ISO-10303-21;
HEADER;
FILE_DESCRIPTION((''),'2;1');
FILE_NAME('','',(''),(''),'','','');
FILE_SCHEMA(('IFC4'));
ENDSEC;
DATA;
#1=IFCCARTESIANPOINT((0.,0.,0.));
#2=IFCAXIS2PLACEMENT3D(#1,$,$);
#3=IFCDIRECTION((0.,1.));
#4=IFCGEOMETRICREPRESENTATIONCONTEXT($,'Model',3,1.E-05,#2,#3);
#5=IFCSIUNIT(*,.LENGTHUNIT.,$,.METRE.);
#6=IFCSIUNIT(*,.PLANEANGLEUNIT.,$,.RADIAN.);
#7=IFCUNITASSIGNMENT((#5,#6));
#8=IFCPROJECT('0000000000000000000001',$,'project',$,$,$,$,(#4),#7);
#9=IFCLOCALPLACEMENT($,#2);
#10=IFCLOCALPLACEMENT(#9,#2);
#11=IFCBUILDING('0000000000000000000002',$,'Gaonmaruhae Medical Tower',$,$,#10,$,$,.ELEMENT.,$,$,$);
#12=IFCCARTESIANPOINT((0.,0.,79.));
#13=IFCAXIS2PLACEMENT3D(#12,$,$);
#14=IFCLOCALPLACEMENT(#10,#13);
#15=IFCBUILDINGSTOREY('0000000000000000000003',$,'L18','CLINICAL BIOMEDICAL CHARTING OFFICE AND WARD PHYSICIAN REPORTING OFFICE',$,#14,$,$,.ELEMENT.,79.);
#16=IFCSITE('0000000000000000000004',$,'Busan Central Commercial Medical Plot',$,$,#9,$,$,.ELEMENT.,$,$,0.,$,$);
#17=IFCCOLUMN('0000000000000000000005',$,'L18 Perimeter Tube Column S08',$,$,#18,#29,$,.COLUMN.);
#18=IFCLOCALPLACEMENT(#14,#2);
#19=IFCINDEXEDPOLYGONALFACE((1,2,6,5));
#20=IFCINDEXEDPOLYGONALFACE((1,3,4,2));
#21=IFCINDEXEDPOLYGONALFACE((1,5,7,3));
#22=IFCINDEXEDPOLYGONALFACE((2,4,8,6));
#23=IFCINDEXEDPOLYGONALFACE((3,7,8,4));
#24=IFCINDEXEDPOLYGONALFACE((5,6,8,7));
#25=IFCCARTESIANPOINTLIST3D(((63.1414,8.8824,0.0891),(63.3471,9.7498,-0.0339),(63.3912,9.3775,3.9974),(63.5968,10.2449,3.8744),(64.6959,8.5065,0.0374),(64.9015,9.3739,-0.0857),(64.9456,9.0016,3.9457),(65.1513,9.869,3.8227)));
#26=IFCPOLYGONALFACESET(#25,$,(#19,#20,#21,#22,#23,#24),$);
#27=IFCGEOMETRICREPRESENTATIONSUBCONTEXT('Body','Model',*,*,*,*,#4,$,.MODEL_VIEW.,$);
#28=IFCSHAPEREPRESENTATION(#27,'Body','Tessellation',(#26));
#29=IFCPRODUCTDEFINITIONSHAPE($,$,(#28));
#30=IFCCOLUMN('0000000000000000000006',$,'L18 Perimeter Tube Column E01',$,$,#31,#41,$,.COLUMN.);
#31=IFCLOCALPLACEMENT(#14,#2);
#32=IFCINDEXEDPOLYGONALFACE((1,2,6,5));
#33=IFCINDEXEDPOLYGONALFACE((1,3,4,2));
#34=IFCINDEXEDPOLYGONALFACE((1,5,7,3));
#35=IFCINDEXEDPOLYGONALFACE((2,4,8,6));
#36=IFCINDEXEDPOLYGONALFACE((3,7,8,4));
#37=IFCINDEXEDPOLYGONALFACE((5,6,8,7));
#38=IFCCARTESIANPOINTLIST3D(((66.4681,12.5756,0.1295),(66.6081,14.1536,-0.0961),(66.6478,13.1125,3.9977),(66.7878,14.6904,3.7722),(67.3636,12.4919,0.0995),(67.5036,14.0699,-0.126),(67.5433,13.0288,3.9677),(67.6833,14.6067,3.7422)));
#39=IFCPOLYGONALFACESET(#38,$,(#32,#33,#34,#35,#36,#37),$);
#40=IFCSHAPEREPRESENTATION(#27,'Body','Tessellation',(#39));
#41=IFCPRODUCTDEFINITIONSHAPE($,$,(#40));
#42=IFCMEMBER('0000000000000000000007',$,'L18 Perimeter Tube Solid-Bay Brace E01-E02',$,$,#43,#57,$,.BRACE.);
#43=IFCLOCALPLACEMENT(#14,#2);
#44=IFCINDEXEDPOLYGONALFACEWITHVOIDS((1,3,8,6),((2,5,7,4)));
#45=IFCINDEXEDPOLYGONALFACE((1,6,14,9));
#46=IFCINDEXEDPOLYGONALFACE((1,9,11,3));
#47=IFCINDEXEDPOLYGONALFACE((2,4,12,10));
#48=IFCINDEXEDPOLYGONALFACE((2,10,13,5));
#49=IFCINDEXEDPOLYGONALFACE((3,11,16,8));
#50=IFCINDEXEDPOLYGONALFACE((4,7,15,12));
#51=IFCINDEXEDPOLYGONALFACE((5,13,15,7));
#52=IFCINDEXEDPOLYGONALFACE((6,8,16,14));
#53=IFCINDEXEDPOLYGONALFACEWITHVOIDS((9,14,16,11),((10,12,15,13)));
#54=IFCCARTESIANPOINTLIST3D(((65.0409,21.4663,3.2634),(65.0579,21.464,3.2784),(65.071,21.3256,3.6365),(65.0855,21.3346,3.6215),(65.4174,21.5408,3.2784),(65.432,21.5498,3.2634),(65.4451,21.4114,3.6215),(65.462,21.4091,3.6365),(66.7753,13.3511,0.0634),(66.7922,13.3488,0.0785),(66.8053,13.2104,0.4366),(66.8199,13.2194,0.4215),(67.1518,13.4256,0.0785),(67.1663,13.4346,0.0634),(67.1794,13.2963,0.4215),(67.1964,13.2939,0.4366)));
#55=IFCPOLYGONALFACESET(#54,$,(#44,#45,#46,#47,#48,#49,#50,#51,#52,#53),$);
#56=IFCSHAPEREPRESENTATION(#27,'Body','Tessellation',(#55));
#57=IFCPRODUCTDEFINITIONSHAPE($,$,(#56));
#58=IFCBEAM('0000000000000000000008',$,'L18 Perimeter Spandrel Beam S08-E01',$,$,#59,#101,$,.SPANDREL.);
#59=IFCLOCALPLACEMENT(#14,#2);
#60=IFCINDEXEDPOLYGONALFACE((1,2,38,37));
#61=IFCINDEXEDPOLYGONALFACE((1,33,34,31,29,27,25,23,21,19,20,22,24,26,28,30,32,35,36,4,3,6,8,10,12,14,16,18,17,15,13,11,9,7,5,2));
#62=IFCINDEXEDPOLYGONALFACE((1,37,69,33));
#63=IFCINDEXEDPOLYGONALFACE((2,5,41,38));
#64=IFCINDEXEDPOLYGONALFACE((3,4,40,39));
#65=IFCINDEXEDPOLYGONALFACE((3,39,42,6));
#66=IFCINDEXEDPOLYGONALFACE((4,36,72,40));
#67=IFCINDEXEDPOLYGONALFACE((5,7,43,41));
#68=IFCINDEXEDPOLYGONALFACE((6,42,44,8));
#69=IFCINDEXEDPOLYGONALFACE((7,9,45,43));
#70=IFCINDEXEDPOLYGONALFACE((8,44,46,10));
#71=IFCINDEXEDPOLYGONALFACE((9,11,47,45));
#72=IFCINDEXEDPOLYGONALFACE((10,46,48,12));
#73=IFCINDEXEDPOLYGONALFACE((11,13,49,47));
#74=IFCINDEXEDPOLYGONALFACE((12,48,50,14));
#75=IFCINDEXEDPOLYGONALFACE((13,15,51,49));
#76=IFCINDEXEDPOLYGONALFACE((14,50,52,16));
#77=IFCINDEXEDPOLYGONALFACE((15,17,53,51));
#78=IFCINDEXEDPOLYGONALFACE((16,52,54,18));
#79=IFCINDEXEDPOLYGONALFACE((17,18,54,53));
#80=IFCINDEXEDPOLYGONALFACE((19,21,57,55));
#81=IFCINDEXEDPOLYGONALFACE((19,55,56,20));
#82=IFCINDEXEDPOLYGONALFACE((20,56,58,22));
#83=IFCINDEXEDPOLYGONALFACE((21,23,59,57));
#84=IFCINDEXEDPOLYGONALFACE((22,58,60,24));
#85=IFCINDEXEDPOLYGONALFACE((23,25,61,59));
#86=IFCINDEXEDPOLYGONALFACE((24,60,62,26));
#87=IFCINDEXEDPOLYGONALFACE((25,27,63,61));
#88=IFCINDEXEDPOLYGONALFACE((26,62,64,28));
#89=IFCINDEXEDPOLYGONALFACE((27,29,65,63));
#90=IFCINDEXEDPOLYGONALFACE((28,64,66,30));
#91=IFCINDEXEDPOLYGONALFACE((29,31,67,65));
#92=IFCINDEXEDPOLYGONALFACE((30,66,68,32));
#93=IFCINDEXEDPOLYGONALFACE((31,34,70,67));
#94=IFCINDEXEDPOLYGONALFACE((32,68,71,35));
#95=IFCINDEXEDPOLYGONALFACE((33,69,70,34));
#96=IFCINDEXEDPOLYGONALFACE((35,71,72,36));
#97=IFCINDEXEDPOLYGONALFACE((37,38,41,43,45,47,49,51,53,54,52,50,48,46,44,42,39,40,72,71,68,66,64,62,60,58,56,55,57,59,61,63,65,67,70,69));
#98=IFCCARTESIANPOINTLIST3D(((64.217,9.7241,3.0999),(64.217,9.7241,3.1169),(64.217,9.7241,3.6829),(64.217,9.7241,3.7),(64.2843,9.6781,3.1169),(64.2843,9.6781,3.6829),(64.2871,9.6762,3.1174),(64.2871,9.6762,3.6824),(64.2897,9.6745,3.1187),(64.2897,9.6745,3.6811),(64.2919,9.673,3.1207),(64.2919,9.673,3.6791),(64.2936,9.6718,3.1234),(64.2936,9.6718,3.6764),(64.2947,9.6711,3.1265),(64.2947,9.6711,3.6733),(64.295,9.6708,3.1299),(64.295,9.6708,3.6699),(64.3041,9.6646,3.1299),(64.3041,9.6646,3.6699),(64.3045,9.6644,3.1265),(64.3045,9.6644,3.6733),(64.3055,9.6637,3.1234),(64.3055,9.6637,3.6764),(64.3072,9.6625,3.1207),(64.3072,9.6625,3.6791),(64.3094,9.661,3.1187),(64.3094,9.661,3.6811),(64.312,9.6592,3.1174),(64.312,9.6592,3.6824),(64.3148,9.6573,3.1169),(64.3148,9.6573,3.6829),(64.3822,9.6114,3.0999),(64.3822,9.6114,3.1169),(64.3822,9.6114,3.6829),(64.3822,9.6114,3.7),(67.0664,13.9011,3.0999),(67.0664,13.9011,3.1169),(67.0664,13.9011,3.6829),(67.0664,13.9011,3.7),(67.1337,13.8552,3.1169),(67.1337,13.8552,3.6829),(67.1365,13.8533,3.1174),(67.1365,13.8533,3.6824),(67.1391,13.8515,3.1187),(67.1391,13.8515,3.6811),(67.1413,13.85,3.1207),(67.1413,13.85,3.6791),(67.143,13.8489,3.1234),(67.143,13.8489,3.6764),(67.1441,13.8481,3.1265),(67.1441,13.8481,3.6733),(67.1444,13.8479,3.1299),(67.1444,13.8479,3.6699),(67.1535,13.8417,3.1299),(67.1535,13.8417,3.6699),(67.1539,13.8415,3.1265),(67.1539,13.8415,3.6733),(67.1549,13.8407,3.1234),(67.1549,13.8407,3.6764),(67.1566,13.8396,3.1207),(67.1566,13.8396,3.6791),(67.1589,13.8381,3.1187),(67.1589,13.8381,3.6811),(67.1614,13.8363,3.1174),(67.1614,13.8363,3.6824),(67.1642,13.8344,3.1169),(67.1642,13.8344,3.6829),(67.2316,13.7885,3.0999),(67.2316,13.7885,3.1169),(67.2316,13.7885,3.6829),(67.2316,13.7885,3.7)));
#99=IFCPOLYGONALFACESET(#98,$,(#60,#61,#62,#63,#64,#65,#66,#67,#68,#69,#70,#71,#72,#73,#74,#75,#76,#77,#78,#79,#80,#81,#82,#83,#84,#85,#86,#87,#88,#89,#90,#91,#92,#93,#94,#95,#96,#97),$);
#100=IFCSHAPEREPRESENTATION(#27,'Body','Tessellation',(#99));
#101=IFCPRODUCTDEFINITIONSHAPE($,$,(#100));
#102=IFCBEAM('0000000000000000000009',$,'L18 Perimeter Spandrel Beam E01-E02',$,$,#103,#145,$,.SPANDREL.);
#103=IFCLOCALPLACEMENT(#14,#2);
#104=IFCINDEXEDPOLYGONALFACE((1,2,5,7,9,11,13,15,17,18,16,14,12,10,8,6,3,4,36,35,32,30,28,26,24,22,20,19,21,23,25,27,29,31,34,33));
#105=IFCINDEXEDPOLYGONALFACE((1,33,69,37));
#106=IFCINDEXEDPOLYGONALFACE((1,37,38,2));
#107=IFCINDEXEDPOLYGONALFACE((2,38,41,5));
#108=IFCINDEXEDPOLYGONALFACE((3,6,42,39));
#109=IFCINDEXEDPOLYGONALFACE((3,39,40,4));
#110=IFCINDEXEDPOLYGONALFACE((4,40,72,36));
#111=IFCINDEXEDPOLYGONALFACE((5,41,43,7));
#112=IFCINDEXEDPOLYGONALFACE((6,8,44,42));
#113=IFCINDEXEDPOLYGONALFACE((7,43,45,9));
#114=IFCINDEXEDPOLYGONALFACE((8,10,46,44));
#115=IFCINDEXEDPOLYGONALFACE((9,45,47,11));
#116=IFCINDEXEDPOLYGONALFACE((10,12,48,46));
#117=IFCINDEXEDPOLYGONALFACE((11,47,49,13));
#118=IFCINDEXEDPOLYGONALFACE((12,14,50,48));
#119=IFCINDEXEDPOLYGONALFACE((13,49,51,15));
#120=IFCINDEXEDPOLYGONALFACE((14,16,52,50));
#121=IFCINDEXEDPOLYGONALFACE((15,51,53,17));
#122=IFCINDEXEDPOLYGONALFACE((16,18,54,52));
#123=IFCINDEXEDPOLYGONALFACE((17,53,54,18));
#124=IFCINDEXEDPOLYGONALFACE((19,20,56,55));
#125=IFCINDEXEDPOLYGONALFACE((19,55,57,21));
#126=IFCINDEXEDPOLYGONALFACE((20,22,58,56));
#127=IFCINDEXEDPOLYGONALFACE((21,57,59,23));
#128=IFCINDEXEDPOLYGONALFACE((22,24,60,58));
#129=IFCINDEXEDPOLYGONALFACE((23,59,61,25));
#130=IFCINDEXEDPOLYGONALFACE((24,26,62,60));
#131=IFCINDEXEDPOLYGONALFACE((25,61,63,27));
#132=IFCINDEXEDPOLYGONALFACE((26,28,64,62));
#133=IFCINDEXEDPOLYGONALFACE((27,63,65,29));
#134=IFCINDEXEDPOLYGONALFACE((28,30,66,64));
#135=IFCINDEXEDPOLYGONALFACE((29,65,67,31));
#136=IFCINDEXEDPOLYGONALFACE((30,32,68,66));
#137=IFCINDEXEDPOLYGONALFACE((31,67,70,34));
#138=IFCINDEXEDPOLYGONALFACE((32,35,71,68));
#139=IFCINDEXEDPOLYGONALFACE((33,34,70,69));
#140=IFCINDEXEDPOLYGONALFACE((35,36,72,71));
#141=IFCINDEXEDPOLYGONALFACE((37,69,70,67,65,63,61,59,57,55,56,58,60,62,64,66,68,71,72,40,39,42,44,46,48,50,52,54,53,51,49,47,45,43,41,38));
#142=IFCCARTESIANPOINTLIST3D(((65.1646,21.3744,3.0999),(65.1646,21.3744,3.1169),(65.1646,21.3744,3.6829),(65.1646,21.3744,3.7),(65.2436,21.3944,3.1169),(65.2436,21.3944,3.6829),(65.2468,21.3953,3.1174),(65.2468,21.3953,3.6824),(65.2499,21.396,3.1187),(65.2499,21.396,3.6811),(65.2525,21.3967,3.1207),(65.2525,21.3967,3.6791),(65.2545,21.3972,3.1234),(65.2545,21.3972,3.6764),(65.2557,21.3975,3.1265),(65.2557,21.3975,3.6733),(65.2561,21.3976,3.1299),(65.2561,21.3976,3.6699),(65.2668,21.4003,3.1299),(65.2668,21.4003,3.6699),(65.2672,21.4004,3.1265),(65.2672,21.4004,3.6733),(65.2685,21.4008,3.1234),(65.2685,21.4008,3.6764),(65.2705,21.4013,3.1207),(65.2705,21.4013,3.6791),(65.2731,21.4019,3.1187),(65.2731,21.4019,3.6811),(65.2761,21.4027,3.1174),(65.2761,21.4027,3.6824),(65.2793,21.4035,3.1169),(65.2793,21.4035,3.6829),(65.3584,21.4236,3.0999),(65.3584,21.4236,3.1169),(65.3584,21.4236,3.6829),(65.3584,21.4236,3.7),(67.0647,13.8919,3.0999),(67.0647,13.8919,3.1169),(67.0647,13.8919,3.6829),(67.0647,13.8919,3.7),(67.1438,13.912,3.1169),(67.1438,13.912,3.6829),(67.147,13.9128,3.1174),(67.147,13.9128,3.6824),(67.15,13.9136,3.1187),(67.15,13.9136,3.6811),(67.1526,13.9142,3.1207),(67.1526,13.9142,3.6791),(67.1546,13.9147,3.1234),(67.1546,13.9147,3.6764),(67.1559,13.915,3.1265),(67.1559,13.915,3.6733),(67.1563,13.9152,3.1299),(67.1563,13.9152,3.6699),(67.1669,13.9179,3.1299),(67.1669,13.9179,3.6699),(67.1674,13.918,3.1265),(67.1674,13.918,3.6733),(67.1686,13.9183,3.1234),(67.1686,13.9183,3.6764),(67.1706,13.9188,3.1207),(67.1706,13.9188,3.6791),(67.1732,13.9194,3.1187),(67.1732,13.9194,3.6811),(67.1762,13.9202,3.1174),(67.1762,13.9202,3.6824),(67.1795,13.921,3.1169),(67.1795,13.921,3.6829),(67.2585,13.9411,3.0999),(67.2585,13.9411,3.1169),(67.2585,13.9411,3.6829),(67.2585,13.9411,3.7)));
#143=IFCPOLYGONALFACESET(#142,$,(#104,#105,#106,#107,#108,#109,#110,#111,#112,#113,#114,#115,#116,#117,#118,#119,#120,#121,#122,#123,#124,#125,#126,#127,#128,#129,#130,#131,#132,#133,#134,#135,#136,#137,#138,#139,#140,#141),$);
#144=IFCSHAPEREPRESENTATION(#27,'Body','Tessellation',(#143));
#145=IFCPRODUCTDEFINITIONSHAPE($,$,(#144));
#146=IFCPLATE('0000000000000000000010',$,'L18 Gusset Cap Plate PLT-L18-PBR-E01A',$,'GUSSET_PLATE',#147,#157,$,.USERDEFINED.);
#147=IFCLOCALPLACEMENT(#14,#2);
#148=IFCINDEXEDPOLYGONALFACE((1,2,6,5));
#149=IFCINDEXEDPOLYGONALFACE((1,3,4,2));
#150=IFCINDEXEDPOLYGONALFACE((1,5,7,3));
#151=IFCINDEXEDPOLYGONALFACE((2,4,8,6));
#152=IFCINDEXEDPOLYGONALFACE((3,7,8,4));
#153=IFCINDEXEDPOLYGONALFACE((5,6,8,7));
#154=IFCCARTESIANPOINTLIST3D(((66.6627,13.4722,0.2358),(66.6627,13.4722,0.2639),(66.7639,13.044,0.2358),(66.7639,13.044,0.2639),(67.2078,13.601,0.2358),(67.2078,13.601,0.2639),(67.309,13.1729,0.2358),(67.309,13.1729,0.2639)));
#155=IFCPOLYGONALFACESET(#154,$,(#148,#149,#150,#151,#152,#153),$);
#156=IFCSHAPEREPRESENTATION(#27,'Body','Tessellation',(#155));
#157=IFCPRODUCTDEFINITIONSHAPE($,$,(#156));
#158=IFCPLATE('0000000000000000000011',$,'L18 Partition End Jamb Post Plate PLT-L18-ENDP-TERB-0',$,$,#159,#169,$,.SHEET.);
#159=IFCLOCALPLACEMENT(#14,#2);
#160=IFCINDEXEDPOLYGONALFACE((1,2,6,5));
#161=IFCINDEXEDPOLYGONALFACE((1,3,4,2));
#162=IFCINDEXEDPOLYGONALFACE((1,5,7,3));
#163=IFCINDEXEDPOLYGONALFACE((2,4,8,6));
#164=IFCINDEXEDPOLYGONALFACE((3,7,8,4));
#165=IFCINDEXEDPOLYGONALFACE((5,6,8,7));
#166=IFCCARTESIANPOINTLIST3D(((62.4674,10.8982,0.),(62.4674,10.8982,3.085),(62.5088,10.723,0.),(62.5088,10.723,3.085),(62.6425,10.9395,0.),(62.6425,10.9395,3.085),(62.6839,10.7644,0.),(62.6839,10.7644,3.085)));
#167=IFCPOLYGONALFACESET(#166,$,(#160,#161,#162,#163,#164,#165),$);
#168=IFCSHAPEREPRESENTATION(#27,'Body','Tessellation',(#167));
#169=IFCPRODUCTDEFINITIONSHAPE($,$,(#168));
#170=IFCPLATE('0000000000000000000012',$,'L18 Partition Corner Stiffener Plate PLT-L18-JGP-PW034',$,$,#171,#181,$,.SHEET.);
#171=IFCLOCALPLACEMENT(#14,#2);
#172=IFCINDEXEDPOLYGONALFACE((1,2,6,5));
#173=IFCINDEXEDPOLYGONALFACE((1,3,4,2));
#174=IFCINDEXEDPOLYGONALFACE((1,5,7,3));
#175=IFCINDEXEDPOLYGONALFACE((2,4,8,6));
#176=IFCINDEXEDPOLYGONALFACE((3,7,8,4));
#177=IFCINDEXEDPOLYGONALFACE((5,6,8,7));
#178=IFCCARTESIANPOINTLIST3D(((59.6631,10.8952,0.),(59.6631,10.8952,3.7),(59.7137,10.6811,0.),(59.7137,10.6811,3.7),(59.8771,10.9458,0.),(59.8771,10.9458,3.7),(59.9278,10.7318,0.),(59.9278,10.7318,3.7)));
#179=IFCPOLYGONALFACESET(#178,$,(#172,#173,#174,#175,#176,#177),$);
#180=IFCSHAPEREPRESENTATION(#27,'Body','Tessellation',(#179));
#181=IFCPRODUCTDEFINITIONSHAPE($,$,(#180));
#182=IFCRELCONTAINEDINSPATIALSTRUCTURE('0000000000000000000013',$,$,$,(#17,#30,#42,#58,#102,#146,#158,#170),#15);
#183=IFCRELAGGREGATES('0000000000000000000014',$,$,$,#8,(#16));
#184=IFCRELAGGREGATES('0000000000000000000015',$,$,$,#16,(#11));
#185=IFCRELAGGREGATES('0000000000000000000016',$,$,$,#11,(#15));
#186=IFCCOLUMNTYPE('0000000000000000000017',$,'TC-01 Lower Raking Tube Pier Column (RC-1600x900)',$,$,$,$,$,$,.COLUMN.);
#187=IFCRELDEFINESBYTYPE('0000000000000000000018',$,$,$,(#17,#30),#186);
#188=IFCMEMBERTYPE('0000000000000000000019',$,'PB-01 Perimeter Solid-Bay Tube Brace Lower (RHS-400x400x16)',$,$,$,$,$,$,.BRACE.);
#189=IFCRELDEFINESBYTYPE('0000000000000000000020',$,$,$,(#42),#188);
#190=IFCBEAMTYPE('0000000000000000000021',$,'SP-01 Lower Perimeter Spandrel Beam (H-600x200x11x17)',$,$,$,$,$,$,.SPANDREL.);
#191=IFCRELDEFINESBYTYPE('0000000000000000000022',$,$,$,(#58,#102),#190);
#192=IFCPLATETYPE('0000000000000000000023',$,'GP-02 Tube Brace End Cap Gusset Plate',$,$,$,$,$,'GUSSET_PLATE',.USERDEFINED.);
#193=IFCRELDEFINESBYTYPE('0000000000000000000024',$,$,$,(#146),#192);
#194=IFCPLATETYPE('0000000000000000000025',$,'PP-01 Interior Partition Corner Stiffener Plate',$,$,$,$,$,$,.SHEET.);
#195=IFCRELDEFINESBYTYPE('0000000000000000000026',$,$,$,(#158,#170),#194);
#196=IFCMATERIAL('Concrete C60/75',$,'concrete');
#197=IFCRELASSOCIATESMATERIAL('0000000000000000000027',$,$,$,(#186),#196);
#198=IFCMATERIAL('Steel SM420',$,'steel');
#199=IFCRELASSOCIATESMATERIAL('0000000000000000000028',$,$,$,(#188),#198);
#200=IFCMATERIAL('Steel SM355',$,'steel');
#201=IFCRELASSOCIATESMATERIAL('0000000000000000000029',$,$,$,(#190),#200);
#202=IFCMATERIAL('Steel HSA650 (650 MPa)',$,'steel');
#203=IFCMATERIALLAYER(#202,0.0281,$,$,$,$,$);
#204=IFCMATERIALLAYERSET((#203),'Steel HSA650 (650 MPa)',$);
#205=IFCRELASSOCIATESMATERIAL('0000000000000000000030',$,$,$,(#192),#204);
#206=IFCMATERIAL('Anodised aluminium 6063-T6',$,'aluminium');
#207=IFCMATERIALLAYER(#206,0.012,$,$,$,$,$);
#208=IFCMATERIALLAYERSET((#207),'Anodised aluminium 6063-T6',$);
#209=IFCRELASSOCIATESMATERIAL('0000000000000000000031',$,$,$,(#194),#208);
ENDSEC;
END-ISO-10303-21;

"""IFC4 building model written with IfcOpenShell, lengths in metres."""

from ifc_helpers import new_model, si_unit, direction, frame, origin, origin_2d, place, context, subcontext, project, spatial, rectangle, hollow_rectangle, i_section, extrude, material, layer, layer_set, material_profile, profile_set, type_object, element, save


model = new_model("IFC4")

# Units and contexts
model_context = context("Model", 3, precision=1e-05, world=origin(), true_north=direction((0.0, 1.0)))
body_context = subcontext(model_context, "Body", "Model", "MODEL_VIEW")
ifc_project = project(units=[si_unit("LENGTHUNIT", "METRE"), si_unit("PLANEANGLEUNIT", "RADIAN")], contexts=[model_context])

# Site, building, storey
site_placement = place(None, origin())
site = spatial("IfcSite", under=ifc_project, at=site_placement, Name="Busan Central Commercial Medical Plot", CompositionType="ELEMENT", RefElevation=0.0)
building_placement = place(site_placement, origin())
building = spatial("IfcBuilding", under=site, at=building_placement, Name="Gaonmaruhae Medical Tower", CompositionType="ELEMENT")
storey_placement = place(building_placement, frame((0.0, 0.0, 79.0)))
storey = spatial("IfcBuildingStorey", under=building, at=storey_placement, Name="L18", Description="CLINICAL BIOMEDICAL CHARTING OFFICE AND WARD PHYSICIAN REPORTING OFFICE", CompositionType="ELEMENT", Elevation=79.0)

# Columns
ifc_material_1 = material(Name="Concrete C60/75", Category="concrete")
ifc_material_profile_1 = material_profile(ifc_material_1, rectangle(XDim=1.6001, YDim=0.8999, at=origin_2d()), Name="RC-1600x900")
ifc_profile_set_1 = profile_set([ifc_material_profile_1], Name="Concrete C60/75")
column_type = type_object("IfcColumnType", Name="TC-01 Lower Raking Tube Pier Column (RC-1600x900)", PredefinedType="COLUMN", material=ifc_profile_set_1)
column_1_placement = place(storey_placement, frame((64.0215, 9.1282, 0.0017), z_axis=(0.063268, 0.125423, 0.990084), x_axis=(-0.971472, 0.234941, 0.032317)))
element("IfcColumn", 1, at=column_1_placement, inside=storey, type_object=column_type, Name="L18 Perimeter Tube Column S08", PredefinedType="COLUMN", context=body_context, shape_type="SweptSolid", body=[
    extrude(rectangle(XDim=1.6001, YDim=0.8999, at=origin_2d()), origin(), (0.0, 0.0, 1.0), 3.9475),
])
column_2_placement = place(storey_placement, frame((66.9858, 13.3228, 0.0017), z_axis=(0.045963, 0.137328, 0.989459), x_axis=(-0.087468, -0.986148, 0.140931)))
element("IfcColumn", 2, at=column_2_placement, inside=storey, type_object=column_type, Name="L18 Perimeter Tube Column E01", PredefinedType="COLUMN", context=body_context, shape_type="SweptSolid", body=[
    extrude(rectangle(XDim=1.6001, YDim=0.8999, at=origin_2d()), origin(), (0.0, 0.0, 1.0), 3.9094),
])

# Member
ifc_material_2 = material(Name="Steel SM420", Category="steel")
ifc_material_profile_2 = material_profile(ifc_material_2, hollow_rectangle(XDim=0.3999, YDim=0.3999, WallThickness=0.0161, at=origin_2d()), Name="RHS-400x400x16")
ifc_profile_set_2 = profile_set([ifc_material_profile_2], Name="Steel SM420")
member_type = type_object("IfcMemberType", Name="PB-01 Perimeter Solid-Bay Tube Brace Lower (RHS-400x400x16)", PredefinedType="BRACE", material=ifc_profile_set_2)
member_placement = place(storey_placement, frame((66.9858, 13.3225, 0.25), z_axis=(-0.195003, 0.91243, 0.359784), x_axis=(-0.977916, -0.208999, 0.0)))
element("IfcMember", 3, at=member_placement, inside=storey, type_object=member_type, Name="L18 Perimeter Tube Solid-Bay Brace E01-E02", PredefinedType="BRACE", context=body_context, shape_type="SweptSolid", body=[
    extrude(hollow_rectangle(XDim=0.3999, YDim=0.3999, WallThickness=0.0161, at=origin_2d()), origin(), (0.0, 0.0, 1.0), 8.894),
])

# Beams
ifc_material_3 = material(Name="Steel SM355", Category="steel")
ifc_material_profile_3 = material_profile(ifc_material_3, i_section(OverallWidth=0.2, OverallDepth=0.6001, WebThickness=0.011, FlangeThickness=0.0171, FilletRadius=0.0129, at=origin_2d()), Name="H-600x200x11x17")
ifc_profile_set_3 = profile_set([ifc_material_profile_3], Name="Steel SM355")
beam_type = type_object("IfcBeamType", Name="SP-01 Lower Perimeter Spandrel Beam (H-600x200x11x17)", PredefinedType="SPANDREL", material=ifc_profile_set_3)
beam_1_placement = place(storey_placement, frame((64.2996, 9.6677, 3.3999), z_axis=(0.563527, 0.826098, 0.0), x_axis=(-0.826098, 0.563527, 0.0)))
element("IfcBeam", 4, at=beam_1_placement, inside=storey, type_object=beam_type, Name="L18 Perimeter Spandrel Beam S08-E01", PredefinedType="SPANDREL", context=body_context, shape_type="SweptSolid", body=[
    extrude(i_section(OverallWidth=0.2, OverallDepth=0.6001, WebThickness=0.011, FlangeThickness=0.0171, FilletRadius=0.0129, at=origin_2d()), origin(), (0.0, 0.0, 1.0), 5.0564),
])
beam_2_placement = place(storey_placement, frame((67.1616, 13.9165, 3.3999), z_axis=(-0.246135, 0.969235, 0.0), x_axis=(-0.969235, -0.246135, 0.0)))
element("IfcBeam", 5, at=beam_2_placement, inside=storey, type_object=beam_type, Name="L18 Perimeter Spandrel Beam E01-E02", PredefinedType="SPANDREL", context=body_context, shape_type="SweptSolid", body=[
    extrude(i_section(OverallWidth=0.2, OverallDepth=0.6001, WebThickness=0.011, FlangeThickness=0.0171, FilletRadius=0.0129, at=origin_2d()), origin(), (0.0, 0.0, 1.0), 7.72),
])

# Plates
ifc_material_4 = material(Name="Steel HSA650 (650 MPa)", Category="steel")
ifc_layer_1 = layer(ifc_material_4, 0.0281)
ifc_layer_set_1 = layer_set([ifc_layer_1], Name="Steel HSA650 (650 MPa)")
plate_type_1 = type_object("IfcPlateType", Name="GP-02 Tube Brace End Cap Gusset Plate", ElementType="GUSSET_PLATE", PredefinedType="USERDEFINED", material=ifc_layer_set_1)
plate_1_placement = place(storey_placement, frame((66.9858, 13.3225, 0.2358), z_axis=(0.0, 0.0, 1.0), x_axis=(0.973179, 0.23005, 0.0)))
element("IfcPlate", 6, at=plate_1_placement, inside=storey, type_object=plate_type_1, Name="L18 Gusset Cap Plate PLT-L18-PBR-E01A", ObjectType="GUSSET_PLATE", PredefinedType="USERDEFINED", context=body_context, shape_type="SweptSolid", body=[
    extrude(rectangle(XDim=0.5601, YDim=0.4399, at=origin_2d()), origin(), (0.0, 0.0, 1.0), 0.0281),
])
ifc_material_5 = material(Name="Anodised aluminium 6063-T6", Category="aluminium")
ifc_layer_2 = layer(ifc_material_5, 0.012)
ifc_layer_set_2 = layer_set([ifc_layer_2], Name="Anodised aluminium 6063-T6")
plate_type_2 = type_object("IfcPlateType", Name="PP-01 Interior Partition Corner Stiffener Plate", PredefinedType="SHEET", material=ifc_layer_set_2)
plate_2_placement = place(storey_placement, frame((62.5757, 10.8313, 0.0), z_axis=(0.0, 0.0, 1.0), x_axis=(-0.973179, -0.23005, 0.0)))
element("IfcPlate", 7, at=plate_2_placement, inside=storey, type_object=plate_type_2, Name="L18 Partition End Jamb Post Plate PLT-L18-ENDP-TERB-0", PredefinedType="SHEET", context=body_context, shape_type="SweptSolid", body=[
    extrude(rectangle(XDim=0.1799, YDim=0.1799, at=origin_2d()), origin(), (0.0, 0.0, 1.0), 3.085),
])
for number, where, z_axis, x_axis, name in (
    (8, (59.7954, 10.8135, 0.0), (0.0, 0.0, 1.0), (-0.230254, 0.973131, 0.0), "L18 Partition Corner Stiffener Plate PLT-L18-JGP-PW034"),
):
    element("IfcPlate", number, at=place(storey_placement, frame(where, z_axis=z_axis, x_axis=x_axis)), inside=storey, type_object=plate_type_2, Name=name, PredefinedType="SHEET", context=body_context, shape_type="SweptSolid", body=[
        extrude(rectangle(XDim=0.22, YDim=0.22, at=origin_2d()), origin(), (0.0, 0.0, 1.0), 3.7),
    ])

save(model, "model.ifc")
